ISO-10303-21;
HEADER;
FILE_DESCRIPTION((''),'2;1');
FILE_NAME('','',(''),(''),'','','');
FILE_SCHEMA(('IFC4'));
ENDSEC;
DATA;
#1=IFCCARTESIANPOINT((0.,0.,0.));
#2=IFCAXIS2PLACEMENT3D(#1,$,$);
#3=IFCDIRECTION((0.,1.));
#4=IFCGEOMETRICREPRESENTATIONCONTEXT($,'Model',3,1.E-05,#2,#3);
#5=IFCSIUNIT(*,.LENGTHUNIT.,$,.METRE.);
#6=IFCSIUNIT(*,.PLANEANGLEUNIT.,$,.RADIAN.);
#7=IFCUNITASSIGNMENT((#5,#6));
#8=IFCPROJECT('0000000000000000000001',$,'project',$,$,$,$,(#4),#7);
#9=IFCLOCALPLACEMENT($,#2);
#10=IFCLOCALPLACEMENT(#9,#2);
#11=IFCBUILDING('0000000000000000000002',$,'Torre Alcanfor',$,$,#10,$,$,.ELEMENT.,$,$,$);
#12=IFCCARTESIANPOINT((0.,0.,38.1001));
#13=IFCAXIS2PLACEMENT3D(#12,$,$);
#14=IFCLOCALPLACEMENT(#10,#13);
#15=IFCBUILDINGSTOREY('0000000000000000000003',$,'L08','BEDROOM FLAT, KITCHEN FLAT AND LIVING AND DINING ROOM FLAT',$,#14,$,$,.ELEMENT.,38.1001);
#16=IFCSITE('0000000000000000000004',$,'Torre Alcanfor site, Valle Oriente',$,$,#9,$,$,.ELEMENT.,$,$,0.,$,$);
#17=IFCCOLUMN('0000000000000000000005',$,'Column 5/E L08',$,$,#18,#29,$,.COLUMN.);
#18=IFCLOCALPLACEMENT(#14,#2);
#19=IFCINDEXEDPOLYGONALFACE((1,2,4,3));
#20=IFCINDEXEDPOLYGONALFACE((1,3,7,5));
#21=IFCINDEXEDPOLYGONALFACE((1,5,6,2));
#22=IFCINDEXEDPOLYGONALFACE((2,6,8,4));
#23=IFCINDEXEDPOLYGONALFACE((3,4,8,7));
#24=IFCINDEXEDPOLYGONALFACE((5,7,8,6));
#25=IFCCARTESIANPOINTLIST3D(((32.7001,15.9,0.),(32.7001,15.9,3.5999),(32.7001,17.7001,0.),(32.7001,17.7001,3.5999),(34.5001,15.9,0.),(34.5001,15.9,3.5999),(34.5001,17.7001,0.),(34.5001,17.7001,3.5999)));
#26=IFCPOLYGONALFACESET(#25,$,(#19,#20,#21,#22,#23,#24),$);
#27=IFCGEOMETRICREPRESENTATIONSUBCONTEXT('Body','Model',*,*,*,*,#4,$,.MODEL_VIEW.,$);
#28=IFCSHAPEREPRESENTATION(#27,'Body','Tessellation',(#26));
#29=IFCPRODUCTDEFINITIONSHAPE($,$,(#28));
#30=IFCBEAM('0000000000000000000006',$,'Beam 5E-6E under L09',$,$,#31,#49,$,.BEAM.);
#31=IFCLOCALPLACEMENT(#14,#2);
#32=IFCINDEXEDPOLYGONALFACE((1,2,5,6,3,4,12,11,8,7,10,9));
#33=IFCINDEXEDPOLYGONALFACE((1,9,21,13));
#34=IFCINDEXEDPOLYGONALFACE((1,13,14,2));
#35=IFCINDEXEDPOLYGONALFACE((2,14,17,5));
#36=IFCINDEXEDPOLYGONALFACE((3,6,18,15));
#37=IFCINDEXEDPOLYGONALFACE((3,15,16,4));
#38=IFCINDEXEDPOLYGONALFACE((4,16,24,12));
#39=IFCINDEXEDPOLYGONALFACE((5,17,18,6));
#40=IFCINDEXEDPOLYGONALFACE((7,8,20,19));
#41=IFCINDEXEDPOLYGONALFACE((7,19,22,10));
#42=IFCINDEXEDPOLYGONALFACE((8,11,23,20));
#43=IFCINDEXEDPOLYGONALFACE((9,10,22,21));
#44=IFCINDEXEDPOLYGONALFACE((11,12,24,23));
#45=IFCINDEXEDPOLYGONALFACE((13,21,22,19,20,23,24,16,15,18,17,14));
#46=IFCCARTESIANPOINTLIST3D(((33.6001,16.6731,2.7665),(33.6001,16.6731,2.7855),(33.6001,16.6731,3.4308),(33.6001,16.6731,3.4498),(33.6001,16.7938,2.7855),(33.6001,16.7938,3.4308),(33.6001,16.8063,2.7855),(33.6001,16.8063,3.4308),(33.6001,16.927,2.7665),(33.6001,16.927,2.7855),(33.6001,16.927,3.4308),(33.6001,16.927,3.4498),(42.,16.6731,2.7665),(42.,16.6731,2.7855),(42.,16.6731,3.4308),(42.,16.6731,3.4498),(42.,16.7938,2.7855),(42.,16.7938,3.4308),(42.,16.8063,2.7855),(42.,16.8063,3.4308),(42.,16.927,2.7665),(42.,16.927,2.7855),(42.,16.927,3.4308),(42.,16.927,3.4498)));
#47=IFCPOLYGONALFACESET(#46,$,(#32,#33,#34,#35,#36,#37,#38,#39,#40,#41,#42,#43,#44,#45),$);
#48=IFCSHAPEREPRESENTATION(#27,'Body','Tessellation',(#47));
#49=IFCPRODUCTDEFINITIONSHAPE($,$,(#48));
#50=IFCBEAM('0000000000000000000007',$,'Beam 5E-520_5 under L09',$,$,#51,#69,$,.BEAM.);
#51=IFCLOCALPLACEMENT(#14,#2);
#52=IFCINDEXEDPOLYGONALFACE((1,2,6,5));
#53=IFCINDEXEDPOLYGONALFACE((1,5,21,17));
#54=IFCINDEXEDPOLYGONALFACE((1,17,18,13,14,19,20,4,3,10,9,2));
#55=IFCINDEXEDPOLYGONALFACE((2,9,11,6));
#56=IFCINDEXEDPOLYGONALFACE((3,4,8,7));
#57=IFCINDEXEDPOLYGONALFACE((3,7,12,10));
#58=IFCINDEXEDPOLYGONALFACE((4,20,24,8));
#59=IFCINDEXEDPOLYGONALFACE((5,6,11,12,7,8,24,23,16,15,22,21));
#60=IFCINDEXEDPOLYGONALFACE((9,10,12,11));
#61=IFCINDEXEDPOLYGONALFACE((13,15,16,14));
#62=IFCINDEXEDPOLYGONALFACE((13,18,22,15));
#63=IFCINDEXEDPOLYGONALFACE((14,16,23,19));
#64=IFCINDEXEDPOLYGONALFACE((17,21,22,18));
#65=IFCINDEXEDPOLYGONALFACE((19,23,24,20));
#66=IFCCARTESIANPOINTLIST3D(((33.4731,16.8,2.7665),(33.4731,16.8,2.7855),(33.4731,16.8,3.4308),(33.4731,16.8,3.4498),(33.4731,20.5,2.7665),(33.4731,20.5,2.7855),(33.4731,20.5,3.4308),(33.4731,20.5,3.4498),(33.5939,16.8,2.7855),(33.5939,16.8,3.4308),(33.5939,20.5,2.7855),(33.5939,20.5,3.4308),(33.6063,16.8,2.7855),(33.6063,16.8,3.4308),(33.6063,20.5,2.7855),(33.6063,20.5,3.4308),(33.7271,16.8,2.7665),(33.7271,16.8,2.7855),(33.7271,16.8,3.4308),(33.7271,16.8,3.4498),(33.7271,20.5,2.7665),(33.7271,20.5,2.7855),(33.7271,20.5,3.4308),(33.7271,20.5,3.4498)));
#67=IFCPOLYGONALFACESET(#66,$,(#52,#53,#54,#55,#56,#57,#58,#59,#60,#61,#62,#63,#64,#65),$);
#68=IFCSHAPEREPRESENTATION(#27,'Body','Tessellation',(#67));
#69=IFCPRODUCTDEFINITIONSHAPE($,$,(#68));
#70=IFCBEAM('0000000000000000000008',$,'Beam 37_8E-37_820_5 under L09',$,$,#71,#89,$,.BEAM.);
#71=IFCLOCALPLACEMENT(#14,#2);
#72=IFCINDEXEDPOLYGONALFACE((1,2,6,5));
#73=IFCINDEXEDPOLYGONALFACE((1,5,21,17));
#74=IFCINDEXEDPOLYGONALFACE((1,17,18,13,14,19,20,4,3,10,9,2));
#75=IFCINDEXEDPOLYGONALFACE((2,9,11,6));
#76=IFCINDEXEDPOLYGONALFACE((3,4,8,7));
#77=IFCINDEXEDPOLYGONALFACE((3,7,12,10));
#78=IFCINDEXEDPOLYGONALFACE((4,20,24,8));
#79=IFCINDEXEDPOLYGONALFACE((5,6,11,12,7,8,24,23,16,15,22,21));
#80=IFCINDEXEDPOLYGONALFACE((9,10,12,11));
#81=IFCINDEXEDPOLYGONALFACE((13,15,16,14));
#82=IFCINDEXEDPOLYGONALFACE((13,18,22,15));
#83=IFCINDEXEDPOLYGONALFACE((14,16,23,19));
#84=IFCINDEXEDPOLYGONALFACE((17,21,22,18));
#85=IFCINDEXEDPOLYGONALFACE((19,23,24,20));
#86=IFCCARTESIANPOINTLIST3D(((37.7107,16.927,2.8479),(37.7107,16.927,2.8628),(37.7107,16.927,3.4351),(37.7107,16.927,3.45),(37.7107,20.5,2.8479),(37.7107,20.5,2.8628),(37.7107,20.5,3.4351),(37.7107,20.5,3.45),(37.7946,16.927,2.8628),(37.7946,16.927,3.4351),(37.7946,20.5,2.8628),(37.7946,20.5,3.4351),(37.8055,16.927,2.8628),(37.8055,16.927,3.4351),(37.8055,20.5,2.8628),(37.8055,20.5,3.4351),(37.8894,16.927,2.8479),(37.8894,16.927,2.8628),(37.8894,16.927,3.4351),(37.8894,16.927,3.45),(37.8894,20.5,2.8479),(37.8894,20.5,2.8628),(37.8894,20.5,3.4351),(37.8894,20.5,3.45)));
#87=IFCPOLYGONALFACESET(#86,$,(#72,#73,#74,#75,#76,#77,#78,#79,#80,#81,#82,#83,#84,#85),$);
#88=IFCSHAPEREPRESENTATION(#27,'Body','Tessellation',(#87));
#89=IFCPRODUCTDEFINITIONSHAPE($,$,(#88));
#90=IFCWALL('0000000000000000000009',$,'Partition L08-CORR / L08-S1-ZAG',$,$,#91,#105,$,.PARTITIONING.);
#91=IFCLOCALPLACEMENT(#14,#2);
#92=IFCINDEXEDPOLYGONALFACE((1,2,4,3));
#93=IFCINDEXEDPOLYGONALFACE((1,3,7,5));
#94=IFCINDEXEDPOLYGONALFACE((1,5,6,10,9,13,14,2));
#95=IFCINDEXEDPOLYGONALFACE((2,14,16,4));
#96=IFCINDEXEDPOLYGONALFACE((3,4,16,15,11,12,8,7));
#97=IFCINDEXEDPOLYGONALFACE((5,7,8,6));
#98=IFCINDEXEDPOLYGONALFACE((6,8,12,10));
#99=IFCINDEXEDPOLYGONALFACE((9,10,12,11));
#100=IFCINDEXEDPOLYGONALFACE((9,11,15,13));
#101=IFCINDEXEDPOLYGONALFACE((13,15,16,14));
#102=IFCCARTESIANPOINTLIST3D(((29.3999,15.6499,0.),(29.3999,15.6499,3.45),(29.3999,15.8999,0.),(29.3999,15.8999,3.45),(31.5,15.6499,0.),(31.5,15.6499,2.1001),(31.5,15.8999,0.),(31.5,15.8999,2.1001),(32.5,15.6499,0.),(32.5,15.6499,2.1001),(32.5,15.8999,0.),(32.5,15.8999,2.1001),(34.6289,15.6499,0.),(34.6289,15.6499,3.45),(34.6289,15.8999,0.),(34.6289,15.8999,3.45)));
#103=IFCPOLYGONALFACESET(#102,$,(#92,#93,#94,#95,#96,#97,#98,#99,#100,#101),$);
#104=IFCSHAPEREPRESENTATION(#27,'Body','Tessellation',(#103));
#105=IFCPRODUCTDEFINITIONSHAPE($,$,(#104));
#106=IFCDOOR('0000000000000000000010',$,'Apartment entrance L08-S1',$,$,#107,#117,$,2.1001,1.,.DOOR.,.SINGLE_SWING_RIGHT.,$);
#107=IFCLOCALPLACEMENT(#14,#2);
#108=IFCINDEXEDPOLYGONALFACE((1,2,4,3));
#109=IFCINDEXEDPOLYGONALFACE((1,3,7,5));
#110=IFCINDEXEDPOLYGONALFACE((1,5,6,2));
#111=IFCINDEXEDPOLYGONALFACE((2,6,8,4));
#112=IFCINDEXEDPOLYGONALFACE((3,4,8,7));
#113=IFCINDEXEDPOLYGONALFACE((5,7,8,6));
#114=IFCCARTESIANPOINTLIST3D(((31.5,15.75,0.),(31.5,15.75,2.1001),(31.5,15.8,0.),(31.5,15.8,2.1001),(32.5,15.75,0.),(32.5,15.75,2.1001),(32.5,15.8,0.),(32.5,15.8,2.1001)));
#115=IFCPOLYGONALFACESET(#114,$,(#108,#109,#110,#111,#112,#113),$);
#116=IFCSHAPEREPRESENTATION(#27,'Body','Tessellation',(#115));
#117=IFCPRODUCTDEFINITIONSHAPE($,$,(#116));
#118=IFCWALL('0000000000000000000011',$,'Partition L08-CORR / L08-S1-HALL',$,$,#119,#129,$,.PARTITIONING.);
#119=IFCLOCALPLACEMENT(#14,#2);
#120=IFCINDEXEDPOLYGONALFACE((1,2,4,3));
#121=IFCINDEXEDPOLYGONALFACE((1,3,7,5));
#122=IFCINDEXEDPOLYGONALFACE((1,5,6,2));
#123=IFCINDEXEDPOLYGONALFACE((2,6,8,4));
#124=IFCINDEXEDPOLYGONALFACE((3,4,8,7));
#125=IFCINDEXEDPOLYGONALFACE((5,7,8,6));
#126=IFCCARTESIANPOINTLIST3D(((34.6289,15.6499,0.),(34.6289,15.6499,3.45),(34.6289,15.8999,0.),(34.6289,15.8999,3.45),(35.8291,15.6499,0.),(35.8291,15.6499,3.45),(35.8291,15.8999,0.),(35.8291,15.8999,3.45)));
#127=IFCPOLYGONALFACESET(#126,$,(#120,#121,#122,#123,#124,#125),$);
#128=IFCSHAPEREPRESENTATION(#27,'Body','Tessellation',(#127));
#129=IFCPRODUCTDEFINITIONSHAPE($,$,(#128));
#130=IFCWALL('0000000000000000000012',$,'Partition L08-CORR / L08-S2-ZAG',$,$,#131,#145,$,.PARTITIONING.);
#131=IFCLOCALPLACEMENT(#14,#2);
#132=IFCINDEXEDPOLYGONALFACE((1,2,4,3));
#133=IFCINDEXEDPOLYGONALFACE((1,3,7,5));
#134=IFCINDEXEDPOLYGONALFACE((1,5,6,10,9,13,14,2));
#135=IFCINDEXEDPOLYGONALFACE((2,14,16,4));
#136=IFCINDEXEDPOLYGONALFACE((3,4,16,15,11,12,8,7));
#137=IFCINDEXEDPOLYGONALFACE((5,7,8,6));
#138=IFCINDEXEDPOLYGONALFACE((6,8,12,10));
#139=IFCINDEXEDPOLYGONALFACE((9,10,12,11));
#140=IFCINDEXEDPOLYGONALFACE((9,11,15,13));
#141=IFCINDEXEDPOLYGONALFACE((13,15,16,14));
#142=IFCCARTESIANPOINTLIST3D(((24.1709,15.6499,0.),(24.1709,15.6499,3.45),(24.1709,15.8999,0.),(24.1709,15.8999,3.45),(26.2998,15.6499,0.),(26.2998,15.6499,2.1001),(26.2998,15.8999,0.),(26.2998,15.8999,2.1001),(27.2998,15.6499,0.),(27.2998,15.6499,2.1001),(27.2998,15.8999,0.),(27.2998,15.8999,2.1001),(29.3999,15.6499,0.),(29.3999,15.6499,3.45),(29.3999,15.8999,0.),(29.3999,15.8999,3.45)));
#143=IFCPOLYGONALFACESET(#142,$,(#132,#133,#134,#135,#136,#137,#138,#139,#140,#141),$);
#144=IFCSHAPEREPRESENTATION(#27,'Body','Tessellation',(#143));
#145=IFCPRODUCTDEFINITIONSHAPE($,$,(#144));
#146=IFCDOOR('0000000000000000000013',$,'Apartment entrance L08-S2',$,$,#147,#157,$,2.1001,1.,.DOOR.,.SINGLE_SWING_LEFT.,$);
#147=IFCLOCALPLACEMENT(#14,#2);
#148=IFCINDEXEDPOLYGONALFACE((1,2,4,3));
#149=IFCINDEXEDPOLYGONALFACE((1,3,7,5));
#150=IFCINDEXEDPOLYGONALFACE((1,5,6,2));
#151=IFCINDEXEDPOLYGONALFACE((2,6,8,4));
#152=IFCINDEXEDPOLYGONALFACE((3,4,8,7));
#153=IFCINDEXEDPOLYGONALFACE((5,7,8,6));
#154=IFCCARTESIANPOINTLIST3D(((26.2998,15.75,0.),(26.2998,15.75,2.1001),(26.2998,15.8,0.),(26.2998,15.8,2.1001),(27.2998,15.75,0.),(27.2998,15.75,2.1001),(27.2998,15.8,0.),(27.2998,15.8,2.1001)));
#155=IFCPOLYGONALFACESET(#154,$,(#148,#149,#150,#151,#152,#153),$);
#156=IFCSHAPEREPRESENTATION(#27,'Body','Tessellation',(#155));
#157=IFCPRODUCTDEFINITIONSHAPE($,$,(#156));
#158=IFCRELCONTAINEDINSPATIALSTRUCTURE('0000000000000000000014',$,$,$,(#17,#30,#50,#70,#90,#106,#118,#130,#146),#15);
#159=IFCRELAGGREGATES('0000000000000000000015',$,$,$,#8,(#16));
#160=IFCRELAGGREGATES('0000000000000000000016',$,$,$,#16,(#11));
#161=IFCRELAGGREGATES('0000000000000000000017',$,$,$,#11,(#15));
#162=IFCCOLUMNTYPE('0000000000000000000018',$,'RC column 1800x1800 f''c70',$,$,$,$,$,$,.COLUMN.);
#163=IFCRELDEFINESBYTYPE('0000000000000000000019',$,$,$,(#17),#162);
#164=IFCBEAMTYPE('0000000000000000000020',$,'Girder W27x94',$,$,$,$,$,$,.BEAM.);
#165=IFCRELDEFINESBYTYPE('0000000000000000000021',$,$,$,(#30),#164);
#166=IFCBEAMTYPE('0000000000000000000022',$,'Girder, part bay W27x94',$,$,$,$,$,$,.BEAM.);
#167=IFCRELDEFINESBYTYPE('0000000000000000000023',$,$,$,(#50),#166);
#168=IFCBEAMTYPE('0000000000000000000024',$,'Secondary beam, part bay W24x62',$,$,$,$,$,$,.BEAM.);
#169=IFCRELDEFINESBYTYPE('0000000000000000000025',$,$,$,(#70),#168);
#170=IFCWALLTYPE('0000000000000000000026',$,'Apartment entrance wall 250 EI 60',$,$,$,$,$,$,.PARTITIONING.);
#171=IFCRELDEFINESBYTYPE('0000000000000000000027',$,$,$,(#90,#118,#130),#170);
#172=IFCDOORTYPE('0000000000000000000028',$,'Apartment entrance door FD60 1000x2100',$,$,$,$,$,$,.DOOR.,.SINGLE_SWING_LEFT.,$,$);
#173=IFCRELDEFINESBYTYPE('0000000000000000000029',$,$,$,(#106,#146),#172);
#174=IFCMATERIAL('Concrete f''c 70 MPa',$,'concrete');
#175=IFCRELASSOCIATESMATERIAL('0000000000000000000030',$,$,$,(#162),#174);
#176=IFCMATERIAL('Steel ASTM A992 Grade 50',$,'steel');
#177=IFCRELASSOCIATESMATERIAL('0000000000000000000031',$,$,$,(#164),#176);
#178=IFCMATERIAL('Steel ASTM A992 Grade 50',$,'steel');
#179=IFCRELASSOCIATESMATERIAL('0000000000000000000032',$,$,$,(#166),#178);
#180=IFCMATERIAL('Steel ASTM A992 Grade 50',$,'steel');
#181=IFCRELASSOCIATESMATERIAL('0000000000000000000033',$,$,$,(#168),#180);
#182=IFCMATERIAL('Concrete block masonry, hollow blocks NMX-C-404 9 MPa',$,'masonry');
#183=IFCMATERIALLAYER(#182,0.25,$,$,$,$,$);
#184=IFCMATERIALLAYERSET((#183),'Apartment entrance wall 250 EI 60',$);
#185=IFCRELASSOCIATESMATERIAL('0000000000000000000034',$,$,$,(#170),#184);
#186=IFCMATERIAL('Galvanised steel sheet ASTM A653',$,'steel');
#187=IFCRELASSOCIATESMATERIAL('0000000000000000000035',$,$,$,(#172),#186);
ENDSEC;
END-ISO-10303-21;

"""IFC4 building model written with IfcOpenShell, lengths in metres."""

from ifc_helpers import new_model, si_unit, direction, frame, frame_2d, origin, origin_2d, place, context, subcontext, project, spatial, rectangle, i_section, extrude, material, layer, layer_set, material_profile, profile_set, type_object, element, fill, save


model = new_model("IFC4")

# Units and contexts
model_context = context("Model", 3, precision=1e-05, world=origin(), true_north=direction((0.0, 1.0)))
body_context = subcontext(model_context, "Body", "Model", "MODEL_VIEW")
ifc_project = project(units=[si_unit("LENGTHUNIT", "METRE"), si_unit("PLANEANGLEUNIT", "RADIAN")], contexts=[model_context])

# Site, building, storey
site_placement = place(None, origin())
site = spatial("IfcSite", under=ifc_project, at=site_placement, Name="Torre Alcanfor site, Valle Oriente", CompositionType="ELEMENT", RefElevation=0.0)
building_placement = place(site_placement, origin())
building = spatial("IfcBuilding", under=site, at=building_placement, Name="Torre Alcanfor", CompositionType="ELEMENT")
storey_placement = place(building_placement, frame((0.0, 0.0, 38.1001)))
storey = spatial("IfcBuildingStorey", under=building, at=storey_placement, Name="L08", Description="BEDROOM FLAT, KITCHEN FLAT AND LIVING AND DINING ROOM FLAT", CompositionType="ELEMENT", Elevation=38.1001)

# Column
ifc_material_1 = material(Name="Concrete f'c 70 MPa", Category="concrete")
ifc_material_profile_1 = material_profile(ifc_material_1, rectangle(XDim=1.8, YDim=1.8, at=origin_2d()), Name="1800x1800")
ifc_profile_set_1 = profile_set([ifc_material_profile_1], Name="Concrete f'c 70 MPa")
column_type = type_object("IfcColumnType", Name="RC column 1800x1800 f'c70", PredefinedType="COLUMN", material=ifc_profile_set_1)
column_placement = place(storey_placement, frame((33.6001, 16.8, 0.0), z_axis=(0.0, 0.0, 1.0), x_axis=(1.0, 0.0, 0.0)))
element("IfcColumn", 1, at=column_placement, inside=storey, type_object=column_type, Name="Column 5/E L08", PredefinedType="COLUMN", context=body_context, shape_type="SweptSolid", body=[
    extrude(rectangle(XDim=1.8, YDim=1.8, at=origin_2d()), origin(), (0.0, 0.0, 1.0), 3.5999),
])

# Beams
ifc_material_2 = material(Name="Steel ASTM A992 Grade 50", Category="steel")
ifc_material_profile_2 = material_profile(ifc_material_2, i_section(OverallWidth=0.2539, OverallDepth=0.6833, WebThickness=0.0125, FlangeThickness=0.019, at=origin_2d()), Name="W27x94")
ifc_profile_set_2 = profile_set([ifc_material_profile_2], Name="Steel ASTM A992 Grade 50")
beam_type_1 = type_object("IfcBeamType", Name="Girder W27x94", PredefinedType="BEAM", material=ifc_profile_set_2)
beam_1_placement = place(storey_placement, frame((33.6001, 16.8, 3.1082), z_axis=(1.0, 0.0, 0.0), x_axis=(0.0, 1.0, 0.0)))
element("IfcBeam", 2, at=beam_1_placement, inside=storey, type_object=beam_type_1, Name="Beam 5E-6E under L09", PredefinedType="BEAM", context=body_context, shape_type="SweptSolid", body=[
    extrude(i_section(OverallWidth=0.2539, OverallDepth=0.6833, WebThickness=0.0125, FlangeThickness=0.019, at=origin_2d()), origin(), (0.0, 0.0, 1.0), 8.3999),
])
ifc_material_3 = material(Name="Steel ASTM A992 Grade 50", Category="steel")
ifc_material_profile_3 = material_profile(ifc_material_3, i_section(OverallWidth=0.2539, OverallDepth=0.6833, WebThickness=0.0125, FlangeThickness=0.019, at=origin_2d()), Name="W27x94")
ifc_profile_set_3 = profile_set([ifc_material_profile_3], Name="Steel ASTM A992 Grade 50")
beam_type_2 = type_object("IfcBeamType", Name="Girder, part bay W27x94", PredefinedType="BEAM", material=ifc_profile_set_3)
beam_2_placement = place(storey_placement, frame((33.6001, 16.8, 3.1082), z_axis=(0.0, 1.0, 0.0), x_axis=(-1.0, 0.0, 0.0)))
element("IfcBeam", 3, at=beam_2_placement, inside=storey, type_object=beam_type_2, Name="Beam 5E-520_5 under L09", PredefinedType="BEAM", context=body_context, shape_type="SweptSolid", body=[
    extrude(i_section(OverallWidth=0.2539, OverallDepth=0.6833, WebThickness=0.0125, FlangeThickness=0.019, at=origin_2d()), origin(), (0.0, 0.0, 1.0), 3.7),
])
ifc_material_4 = material(Name="Steel ASTM A992 Grade 50", Category="steel")
ifc_material_profile_4 = material_profile(ifc_material_4, i_section(OverallWidth=0.1787, OverallDepth=0.6021, WebThickness=0.011, FlangeThickness=0.0149, at=origin_2d()), Name="W24x62")
ifc_profile_set_4 = profile_set([ifc_material_profile_4], Name="Steel ASTM A992 Grade 50")
beam_type_3 = type_object("IfcBeamType", Name="Secondary beam, part bay W24x62", PredefinedType="BEAM", material=ifc_profile_set_4)
beam_3_placement = place(storey_placement, frame((37.8, 16.927, 3.1489), z_axis=(0.0, 1.0, 0.0), x_axis=(-1.0, 0.0, 0.0)))
element("IfcBeam", 4, at=beam_3_placement, inside=storey, type_object=beam_type_3, Name="Beam 37_8E-37_820_5 under L09", PredefinedType="BEAM", context=body_context, shape_type="SweptSolid", body=[
    extrude(i_section(OverallWidth=0.1787, OverallDepth=0.6021, WebThickness=0.011, FlangeThickness=0.0149, at=origin_2d()), origin(), (0.0, 0.0, 1.0), 3.573),
])

# Wall, opening, door
ifc_material_5 = material(Name="Concrete block masonry, hollow blocks NMX-C-404 9 MPa", Category="masonry")
ifc_layer_1 = layer(ifc_material_5, 0.25)
ifc_layer_set_1 = layer_set([ifc_layer_1], Name="Apartment entrance wall 250 EI 60")
wall_type_1 = type_object("IfcWallType", Name="Apartment entrance wall 250 EI 60", PredefinedType="PARTITIONING", material=ifc_layer_set_1)
wall_1_placement = place(storey_placement, frame((34.6289, 15.7749, 0.0), z_axis=(0.0, 0.0, 1.0), x_axis=(-1.0, 0.0, 0.0)))
wall_1 = element("IfcWall", 5, at=wall_1_placement, inside=storey, type_object=wall_type_1, Name="Partition L08-CORR / L08-S1-ZAG", PredefinedType="PARTITIONING", context=body_context, shape_type="SweptSolid", body=[
    extrude(rectangle(XDim=5.229, YDim=0.25, at=frame_2d((2.6145, 0.0))), origin(), (0.0, 0.0, 1.0), 3.45),
])
opening_1_placement = place(wall_1_placement, frame((2.1289, 0.0, 0.0)))
opening_1 = element("IfcOpeningElement", 6, at=opening_1_placement, cuts=wall_1, PredefinedType="OPENING", context=body_context, shape_type="SweptSolid", body=[
    extrude(rectangle(XDim=1.0, YDim=2.1001, at=frame_2d((0.5, 1.05))), frame((0.0, 0.135, 0.0), z_axis=(0.0, -1.0, 0.0), x_axis=(1.0, 0.0, 0.0)), (0.0, 0.0, 1.0), 0.27),
])
ifc_material_6 = material(Name="Galvanised steel sheet ASTM A653", Category="steel")
door_type_1 = type_object("IfcDoorType", Name="Apartment entrance door FD60 1000x2100", OperationType="SINGLE_SWING_LEFT", PredefinedType="DOOR", material=ifc_material_6)
door_1_placement = place(opening_1_placement, origin())
door_1 = element("IfcDoor", 7, at=door_1_placement, inside=storey, type_object=door_type_1, Name="Apartment entrance L08-S1", OperationType="SINGLE_SWING_RIGHT", OverallHeight=2.1001, OverallWidth=1.0, PredefinedType="DOOR", context=body_context, shape_type="SweptSolid", body=[
    extrude(rectangle(XDim=1.0, YDim=2.1001, at=frame_2d((0.5, 1.05))), frame((0.0, 0.0249, 0.0), z_axis=(0.0, -1.0, 0.0), x_axis=(1.0, 0.0, 0.0)), (0.0, 0.0, 1.0), 0.05),
])
fill(opening_1, door_1)

# Wall
wall_2_placement = place(storey_placement, frame((35.8291, 15.7749, 0.0), z_axis=(0.0, 0.0, 1.0), x_axis=(-1.0, 0.0, 0.0)))
element("IfcWall", 8, at=wall_2_placement, inside=storey, type_object=wall_type_1, Name="Partition L08-CORR / L08-S1-HALL", PredefinedType="PARTITIONING", context=body_context, shape_type="SweptSolid", body=[
    extrude(rectangle(XDim=1.2002, YDim=0.25, at=frame_2d((0.6001, 0.0))), origin(), (0.0, 0.0, 1.0), 3.45),
])

# Wall, opening, door
wall_3_placement = place(storey_placement, frame((29.3999, 15.7749, 0.0), z_axis=(0.0, 0.0, 1.0), x_axis=(-1.0, 0.0, 0.0)))
wall_3 = element("IfcWall", 9, at=wall_3_placement, inside=storey, type_object=wall_type_1, Name="Partition L08-CORR / L08-S2-ZAG", PredefinedType="PARTITIONING", context=body_context, shape_type="SweptSolid", body=[
    extrude(rectangle(XDim=5.229, YDim=0.25, at=frame_2d((2.6145, 0.0))), origin(), (0.0, 0.0, 1.0), 3.45),
])
opening_2_placement = place(wall_3_placement, frame((2.1001, 0.0, 0.0)))
opening_2 = element("IfcOpeningElement", 10, at=opening_2_placement, cuts=wall_3, PredefinedType="OPENING", context=body_context, shape_type="SweptSolid", body=[
    extrude(rectangle(XDim=1.0, YDim=2.1001, at=frame_2d((0.5, 1.05))), frame((0.0, 0.135, 0.0), z_axis=(0.0, -1.0, 0.0), x_axis=(1.0, 0.0, 0.0)), (0.0, 0.0, 1.0), 0.27),
])
door_2_placement = place(opening_2_placement, origin())
door_2 = element("IfcDoor", 11, at=door_2_placement, inside=storey, type_object=door_type_1, Name="Apartment entrance L08-S2", OperationType="SINGLE_SWING_LEFT", OverallHeight=2.1001, OverallWidth=1.0, PredefinedType="DOOR", context=body_context, shape_type="SweptSolid", body=[
    extrude(rectangle(XDim=1.0, YDim=2.1001, at=frame_2d((0.5, 1.05))), frame((0.0, 0.0249, 0.0), z_axis=(0.0, -1.0, 0.0), x_axis=(1.0, 0.0, 0.0)), (0.0, 0.0, 1.0), 0.05),
])
fill(opening_2, door_2)

save(model, "model.ifc")
